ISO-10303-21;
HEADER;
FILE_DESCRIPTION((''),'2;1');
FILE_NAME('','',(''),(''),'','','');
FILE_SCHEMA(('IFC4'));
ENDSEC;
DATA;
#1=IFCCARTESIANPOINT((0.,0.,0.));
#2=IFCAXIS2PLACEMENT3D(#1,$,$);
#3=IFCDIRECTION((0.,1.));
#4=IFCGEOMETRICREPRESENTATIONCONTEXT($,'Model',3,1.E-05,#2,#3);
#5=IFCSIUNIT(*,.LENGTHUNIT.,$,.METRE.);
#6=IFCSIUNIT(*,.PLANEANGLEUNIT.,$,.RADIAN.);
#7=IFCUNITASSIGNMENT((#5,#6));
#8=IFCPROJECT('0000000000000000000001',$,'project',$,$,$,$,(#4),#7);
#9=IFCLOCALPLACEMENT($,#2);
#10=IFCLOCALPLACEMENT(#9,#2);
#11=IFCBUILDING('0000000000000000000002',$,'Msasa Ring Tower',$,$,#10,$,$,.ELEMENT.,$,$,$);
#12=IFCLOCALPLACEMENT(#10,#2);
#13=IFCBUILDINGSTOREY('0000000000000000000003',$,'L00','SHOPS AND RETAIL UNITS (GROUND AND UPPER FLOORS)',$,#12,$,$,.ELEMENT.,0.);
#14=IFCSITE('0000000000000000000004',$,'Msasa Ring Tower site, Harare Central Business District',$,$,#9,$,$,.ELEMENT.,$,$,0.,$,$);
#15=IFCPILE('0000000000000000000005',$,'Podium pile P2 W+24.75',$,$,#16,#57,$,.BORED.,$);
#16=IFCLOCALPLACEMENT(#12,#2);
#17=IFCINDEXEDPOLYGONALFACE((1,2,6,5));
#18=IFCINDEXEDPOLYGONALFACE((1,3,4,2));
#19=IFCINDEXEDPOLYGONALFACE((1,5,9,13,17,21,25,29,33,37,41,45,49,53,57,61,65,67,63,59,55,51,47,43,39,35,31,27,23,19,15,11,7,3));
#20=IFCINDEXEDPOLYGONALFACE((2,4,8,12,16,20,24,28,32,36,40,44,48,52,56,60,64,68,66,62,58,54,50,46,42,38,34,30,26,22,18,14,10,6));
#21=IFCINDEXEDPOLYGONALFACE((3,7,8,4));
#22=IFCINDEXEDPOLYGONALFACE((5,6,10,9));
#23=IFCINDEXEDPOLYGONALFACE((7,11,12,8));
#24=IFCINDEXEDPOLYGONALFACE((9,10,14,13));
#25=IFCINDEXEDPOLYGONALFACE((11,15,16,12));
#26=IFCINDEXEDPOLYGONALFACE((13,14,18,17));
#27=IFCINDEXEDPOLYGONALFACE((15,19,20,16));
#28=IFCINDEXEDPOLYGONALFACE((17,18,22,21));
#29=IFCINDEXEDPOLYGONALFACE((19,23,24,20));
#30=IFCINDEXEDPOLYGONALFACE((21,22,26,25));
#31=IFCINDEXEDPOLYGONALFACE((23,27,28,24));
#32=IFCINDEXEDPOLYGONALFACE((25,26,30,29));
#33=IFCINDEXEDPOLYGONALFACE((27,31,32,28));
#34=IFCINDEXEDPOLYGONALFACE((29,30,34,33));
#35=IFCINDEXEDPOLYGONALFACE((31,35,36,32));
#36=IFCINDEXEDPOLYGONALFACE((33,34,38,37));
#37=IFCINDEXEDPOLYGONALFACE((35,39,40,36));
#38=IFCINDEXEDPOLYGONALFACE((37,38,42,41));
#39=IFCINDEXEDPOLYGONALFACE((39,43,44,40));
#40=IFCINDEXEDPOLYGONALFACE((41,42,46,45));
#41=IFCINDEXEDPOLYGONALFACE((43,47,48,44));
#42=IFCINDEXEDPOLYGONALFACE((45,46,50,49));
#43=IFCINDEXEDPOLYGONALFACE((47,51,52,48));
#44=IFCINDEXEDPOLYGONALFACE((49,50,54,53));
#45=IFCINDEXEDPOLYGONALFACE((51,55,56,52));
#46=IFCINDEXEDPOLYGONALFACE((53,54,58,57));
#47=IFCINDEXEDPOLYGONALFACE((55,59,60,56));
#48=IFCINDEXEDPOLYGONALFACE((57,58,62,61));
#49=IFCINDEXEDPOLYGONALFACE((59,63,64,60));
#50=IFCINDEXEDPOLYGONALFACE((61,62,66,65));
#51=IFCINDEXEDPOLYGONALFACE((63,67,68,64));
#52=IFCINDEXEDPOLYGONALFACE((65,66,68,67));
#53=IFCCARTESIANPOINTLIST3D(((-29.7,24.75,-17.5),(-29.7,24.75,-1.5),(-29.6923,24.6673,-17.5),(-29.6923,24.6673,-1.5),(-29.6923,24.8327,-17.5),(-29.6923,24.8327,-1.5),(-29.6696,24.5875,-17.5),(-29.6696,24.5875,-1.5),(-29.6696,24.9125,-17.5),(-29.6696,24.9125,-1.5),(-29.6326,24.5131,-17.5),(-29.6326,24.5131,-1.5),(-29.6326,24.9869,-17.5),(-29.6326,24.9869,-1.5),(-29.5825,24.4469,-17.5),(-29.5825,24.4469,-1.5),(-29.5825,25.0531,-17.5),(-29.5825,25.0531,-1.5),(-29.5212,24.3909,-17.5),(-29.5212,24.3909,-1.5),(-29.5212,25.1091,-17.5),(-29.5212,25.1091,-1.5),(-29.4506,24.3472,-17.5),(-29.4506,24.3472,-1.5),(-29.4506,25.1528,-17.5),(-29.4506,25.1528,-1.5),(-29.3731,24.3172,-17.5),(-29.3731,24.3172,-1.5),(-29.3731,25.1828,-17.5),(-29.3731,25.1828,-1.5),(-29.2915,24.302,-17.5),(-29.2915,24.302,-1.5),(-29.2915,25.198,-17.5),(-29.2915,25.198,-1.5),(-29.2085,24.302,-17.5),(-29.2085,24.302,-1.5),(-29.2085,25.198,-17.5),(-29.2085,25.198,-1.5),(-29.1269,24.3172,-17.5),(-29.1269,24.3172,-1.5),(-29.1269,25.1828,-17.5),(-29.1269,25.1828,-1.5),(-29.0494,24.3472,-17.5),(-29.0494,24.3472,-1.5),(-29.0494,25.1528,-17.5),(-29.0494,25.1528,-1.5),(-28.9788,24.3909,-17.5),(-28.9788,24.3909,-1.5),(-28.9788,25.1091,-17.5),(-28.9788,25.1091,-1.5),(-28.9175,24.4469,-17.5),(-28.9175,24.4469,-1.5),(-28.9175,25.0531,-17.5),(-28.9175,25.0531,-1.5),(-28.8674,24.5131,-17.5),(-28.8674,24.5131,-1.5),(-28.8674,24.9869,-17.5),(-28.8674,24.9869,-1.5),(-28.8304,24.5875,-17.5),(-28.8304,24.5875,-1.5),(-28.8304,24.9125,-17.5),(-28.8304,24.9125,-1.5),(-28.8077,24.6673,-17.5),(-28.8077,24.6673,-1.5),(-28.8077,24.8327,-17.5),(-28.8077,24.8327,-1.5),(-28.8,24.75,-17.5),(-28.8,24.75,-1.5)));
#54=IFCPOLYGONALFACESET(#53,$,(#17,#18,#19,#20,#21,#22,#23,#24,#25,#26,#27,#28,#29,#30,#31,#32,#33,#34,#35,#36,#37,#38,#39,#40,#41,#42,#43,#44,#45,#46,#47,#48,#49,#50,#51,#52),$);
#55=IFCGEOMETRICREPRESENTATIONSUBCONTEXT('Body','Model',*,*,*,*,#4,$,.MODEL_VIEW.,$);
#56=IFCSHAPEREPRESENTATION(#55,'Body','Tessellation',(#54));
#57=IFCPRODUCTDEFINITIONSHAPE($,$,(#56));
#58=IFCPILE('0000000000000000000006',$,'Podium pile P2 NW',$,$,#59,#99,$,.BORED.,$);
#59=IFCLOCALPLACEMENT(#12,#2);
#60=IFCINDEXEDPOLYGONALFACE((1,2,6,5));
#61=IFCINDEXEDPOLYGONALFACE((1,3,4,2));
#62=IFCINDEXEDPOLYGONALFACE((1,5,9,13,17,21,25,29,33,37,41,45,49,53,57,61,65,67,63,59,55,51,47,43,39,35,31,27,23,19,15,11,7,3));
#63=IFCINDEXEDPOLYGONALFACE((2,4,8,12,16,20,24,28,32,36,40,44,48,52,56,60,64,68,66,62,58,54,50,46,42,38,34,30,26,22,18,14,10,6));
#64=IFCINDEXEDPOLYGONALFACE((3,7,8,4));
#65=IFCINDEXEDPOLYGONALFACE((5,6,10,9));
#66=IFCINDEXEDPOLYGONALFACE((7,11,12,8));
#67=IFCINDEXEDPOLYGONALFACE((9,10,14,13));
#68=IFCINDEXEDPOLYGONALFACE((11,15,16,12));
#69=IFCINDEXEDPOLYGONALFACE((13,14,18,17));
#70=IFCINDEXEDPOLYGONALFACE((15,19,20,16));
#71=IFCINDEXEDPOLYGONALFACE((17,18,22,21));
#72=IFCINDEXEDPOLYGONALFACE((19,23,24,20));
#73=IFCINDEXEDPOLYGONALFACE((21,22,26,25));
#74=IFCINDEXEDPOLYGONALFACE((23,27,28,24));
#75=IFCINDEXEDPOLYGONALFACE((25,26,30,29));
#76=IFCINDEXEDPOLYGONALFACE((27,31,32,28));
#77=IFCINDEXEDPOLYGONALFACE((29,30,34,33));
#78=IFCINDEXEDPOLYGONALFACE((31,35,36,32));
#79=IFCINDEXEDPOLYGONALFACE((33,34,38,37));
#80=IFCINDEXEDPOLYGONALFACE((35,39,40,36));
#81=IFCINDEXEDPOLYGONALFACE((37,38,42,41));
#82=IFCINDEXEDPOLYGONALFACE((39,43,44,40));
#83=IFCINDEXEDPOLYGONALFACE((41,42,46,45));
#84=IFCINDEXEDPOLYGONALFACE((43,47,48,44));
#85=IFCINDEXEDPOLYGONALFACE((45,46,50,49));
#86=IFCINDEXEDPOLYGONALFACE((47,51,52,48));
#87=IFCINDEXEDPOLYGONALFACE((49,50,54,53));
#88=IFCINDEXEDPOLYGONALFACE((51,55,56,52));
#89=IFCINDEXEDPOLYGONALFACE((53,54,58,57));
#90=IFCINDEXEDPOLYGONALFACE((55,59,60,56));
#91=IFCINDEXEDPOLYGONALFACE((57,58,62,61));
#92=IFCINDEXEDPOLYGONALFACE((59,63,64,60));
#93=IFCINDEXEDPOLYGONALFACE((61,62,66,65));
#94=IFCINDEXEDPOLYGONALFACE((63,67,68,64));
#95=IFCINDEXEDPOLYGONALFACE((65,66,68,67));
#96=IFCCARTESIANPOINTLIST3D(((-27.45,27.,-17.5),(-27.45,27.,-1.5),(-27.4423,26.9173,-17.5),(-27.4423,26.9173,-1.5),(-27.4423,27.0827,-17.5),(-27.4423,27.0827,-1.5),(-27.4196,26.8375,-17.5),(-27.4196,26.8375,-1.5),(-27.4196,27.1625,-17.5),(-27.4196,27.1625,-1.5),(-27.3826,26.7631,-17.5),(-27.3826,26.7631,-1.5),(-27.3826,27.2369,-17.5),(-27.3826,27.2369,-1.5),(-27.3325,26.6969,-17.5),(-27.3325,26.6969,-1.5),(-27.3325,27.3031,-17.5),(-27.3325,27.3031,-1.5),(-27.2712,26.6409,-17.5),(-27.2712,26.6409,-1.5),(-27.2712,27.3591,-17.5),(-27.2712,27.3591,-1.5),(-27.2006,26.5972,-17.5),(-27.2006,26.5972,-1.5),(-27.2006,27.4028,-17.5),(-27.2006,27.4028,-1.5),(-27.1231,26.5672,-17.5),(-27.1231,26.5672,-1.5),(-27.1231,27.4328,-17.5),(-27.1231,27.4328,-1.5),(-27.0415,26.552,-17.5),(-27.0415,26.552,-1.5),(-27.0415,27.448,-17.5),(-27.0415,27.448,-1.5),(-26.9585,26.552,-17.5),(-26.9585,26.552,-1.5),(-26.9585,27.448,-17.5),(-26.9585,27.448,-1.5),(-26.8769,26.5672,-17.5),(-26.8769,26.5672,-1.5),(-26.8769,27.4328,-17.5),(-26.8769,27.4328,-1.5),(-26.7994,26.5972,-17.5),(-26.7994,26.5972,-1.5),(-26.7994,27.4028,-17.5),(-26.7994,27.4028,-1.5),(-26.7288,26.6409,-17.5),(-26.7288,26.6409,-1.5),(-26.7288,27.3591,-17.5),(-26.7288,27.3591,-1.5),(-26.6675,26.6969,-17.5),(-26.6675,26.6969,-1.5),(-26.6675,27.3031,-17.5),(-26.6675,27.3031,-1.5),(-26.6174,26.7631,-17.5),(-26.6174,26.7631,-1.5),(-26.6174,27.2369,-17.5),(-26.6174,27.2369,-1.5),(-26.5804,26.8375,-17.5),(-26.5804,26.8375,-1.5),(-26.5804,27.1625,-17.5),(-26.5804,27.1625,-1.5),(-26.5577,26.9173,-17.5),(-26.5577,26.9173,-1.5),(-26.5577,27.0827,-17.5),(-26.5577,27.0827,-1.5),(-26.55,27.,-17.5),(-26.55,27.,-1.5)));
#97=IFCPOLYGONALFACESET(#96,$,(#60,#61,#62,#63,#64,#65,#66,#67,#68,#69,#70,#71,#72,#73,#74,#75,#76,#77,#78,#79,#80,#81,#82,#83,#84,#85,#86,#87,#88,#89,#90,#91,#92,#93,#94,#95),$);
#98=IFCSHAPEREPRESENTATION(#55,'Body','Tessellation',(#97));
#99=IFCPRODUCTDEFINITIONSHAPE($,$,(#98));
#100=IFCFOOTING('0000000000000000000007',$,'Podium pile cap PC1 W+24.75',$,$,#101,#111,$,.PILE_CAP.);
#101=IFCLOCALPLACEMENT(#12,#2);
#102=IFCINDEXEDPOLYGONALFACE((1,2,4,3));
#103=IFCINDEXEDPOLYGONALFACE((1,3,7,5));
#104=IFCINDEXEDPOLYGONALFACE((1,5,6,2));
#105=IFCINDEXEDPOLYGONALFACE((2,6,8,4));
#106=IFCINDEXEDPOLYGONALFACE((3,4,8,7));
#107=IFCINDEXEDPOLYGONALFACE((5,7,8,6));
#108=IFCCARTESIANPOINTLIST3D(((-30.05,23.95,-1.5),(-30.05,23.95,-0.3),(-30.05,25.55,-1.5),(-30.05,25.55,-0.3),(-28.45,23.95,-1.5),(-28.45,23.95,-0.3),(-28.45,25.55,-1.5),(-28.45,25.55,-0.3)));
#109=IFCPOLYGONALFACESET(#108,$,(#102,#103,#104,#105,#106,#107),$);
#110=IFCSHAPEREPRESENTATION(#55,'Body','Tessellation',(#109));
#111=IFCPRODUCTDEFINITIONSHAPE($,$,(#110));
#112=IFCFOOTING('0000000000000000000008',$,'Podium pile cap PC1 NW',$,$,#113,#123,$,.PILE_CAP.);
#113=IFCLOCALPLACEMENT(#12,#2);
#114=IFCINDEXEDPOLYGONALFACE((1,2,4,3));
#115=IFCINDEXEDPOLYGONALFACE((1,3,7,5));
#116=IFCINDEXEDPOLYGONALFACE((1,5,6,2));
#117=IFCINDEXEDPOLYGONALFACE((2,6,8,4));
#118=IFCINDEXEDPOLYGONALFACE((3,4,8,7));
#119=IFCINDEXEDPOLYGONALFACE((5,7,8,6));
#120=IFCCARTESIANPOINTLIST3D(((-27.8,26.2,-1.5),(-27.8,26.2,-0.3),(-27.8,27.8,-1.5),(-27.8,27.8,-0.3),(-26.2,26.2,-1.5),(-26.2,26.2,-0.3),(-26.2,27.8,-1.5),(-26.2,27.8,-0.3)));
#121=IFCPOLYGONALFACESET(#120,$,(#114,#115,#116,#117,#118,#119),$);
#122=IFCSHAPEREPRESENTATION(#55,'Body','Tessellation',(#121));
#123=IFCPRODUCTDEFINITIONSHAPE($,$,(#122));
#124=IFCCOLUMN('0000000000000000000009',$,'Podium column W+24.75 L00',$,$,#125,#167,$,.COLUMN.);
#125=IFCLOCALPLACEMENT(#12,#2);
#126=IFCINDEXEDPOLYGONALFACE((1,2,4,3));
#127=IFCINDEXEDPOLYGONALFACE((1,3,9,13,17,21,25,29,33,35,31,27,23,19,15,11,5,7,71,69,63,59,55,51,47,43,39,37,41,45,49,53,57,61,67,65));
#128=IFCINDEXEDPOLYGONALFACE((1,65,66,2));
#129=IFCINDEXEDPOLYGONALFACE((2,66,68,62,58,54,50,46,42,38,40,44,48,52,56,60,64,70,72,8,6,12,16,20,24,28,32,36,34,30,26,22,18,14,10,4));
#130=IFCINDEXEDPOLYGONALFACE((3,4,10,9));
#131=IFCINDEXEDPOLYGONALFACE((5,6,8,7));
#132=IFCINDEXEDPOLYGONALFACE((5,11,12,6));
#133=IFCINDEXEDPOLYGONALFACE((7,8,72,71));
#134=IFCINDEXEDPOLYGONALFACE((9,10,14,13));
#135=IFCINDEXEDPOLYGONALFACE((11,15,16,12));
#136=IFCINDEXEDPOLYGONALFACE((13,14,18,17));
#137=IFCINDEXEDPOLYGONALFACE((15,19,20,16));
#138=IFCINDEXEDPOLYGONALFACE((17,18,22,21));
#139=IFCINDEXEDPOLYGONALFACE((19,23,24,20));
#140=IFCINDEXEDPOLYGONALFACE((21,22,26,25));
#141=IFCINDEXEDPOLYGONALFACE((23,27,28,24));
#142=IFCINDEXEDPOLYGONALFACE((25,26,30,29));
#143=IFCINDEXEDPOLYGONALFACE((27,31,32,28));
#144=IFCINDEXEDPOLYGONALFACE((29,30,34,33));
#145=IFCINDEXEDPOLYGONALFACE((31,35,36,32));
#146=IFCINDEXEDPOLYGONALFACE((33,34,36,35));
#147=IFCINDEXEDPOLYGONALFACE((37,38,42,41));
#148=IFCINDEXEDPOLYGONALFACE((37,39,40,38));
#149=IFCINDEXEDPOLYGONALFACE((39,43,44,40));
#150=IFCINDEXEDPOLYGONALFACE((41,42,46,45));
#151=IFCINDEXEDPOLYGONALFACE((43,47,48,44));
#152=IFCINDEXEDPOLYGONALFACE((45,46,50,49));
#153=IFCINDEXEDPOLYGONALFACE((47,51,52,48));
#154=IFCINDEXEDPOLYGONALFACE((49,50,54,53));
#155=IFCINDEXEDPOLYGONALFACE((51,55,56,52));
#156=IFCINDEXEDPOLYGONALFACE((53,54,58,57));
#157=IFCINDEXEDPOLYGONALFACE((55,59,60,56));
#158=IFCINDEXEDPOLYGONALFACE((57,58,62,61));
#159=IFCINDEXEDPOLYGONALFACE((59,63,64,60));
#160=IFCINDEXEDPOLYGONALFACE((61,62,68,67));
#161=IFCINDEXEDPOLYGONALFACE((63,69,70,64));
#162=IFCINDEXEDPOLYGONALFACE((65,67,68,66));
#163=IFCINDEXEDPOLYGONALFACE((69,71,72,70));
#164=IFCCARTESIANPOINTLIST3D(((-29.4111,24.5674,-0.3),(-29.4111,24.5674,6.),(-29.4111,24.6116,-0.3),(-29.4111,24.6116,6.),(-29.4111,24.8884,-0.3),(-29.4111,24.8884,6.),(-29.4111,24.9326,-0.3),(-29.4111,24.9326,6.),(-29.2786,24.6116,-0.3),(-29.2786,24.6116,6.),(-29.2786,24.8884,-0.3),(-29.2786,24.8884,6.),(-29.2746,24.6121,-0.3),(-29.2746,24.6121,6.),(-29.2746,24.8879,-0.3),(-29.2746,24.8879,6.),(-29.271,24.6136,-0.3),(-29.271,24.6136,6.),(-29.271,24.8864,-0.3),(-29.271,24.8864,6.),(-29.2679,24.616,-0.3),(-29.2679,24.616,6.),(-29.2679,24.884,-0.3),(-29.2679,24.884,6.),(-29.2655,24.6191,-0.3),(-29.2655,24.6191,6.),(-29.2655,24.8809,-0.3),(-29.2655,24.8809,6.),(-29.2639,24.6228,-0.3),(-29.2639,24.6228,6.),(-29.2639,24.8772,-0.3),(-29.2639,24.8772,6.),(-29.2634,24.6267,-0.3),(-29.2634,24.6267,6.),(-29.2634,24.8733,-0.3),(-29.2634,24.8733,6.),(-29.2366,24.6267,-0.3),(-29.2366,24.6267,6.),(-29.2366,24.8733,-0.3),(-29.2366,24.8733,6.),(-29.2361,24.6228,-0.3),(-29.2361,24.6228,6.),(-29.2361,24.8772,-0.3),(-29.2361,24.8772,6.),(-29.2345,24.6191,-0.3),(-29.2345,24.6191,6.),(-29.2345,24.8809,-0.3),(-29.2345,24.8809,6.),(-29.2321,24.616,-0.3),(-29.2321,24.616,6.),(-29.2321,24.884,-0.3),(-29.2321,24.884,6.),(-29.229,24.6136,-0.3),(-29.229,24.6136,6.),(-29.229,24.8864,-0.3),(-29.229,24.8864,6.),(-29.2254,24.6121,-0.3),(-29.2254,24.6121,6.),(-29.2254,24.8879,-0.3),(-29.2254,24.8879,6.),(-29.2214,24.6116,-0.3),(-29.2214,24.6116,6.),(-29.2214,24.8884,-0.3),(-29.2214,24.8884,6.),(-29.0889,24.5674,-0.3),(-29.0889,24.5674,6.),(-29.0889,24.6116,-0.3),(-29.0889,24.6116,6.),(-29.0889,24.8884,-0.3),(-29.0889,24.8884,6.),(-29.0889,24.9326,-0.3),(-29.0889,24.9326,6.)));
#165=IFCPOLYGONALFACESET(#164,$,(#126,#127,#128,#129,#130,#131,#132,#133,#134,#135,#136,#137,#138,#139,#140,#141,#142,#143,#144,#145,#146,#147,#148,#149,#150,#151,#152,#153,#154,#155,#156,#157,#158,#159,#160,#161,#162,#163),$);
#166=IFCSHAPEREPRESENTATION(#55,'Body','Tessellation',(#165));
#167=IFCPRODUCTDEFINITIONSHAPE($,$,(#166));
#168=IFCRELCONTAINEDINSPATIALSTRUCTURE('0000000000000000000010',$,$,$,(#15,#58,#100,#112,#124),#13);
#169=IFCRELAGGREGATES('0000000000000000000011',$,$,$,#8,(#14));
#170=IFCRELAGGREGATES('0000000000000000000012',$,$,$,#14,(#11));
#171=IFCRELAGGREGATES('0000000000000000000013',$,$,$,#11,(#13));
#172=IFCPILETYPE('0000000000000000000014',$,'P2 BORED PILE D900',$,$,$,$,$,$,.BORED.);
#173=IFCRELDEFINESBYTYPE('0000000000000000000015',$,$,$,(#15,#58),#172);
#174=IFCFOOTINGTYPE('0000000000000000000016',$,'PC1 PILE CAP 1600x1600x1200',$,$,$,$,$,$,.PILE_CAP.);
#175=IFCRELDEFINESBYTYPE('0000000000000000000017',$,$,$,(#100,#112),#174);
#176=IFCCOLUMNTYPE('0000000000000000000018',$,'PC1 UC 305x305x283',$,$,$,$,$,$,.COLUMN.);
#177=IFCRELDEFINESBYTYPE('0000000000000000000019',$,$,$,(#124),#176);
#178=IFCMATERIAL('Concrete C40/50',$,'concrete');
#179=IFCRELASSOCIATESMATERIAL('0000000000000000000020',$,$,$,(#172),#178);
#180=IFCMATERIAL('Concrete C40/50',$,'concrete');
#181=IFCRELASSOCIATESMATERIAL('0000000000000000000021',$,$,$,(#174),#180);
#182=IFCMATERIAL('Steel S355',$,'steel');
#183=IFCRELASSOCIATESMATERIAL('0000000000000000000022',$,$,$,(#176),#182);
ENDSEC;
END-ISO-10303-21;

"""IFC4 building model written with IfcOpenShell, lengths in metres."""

from ifc_helpers import new_model, si_unit, direction, frame, origin, origin_2d, place, context, subcontext, project, spatial, rectangle, circle, i_section, extrude, material, material_profile, profile_set, type_object, element, save


model = new_model("IFC4")

# Units and contexts
model_context = context("Model", 3, precision=1e-05, world=origin(), true_north=direction((0.0, 1.0)))
body_context = subcontext(model_context, "Body", "Model", "MODEL_VIEW")
ifc_project = project(units=[si_unit("LENGTHUNIT", "METRE"), si_unit("PLANEANGLEUNIT", "RADIAN")], contexts=[model_context])

# Site, building, storey
site_placement = place(None, origin())
site = spatial("IfcSite", under=ifc_project, at=site_placement, Name="Msasa Ring Tower site, Harare Central Business District", CompositionType="ELEMENT", RefElevation=0.0)
building_placement = place(site_placement, origin())
building = spatial("IfcBuilding", under=site, at=building_placement, Name="Msasa Ring Tower", CompositionType="ELEMENT")
storey_placement = place(building_placement, origin())
storey = spatial("IfcBuildingStorey", under=building, at=storey_placement, Name="L00", Description="SHOPS AND RETAIL UNITS (GROUND AND UPPER FLOORS)", CompositionType="ELEMENT", Elevation=0.0)

# Piles
ifc_material_1 = material(Name="Concrete C40/50", Category="concrete")
ifc_material_profile_1 = material_profile(ifc_material_1, circle(Radius=0.45, at=origin_2d()), Name="D900")
ifc_profile_set_1 = profile_set([ifc_material_profile_1], Name="Concrete C40/50")
pile_type = type_object("IfcPileType", Name="P2 BORED PILE D900", PredefinedType="BORED", material=ifc_profile_set_1)
for number, where, z_axis, x_axis, name in (
    (1, (-29.25, 24.75, -1.5), (0.0, 0.0, -1.0), (1.0, 0.0, 0.0), "Podium pile P2 W+24.75"),
    (2, (-27.0, 27.0, -1.5), (0.0, 0.0, -1.0), (1.0, 0.0, 0.0), "Podium pile P2 NW"),
):
    element("IfcPile", number, at=place(storey_placement, frame(where, z_axis=z_axis, x_axis=x_axis)), inside=storey, type_object=pile_type, Name=name, PredefinedType="BORED", context=body_context, shape_type="SweptSolid", body=[
        extrude(circle(Radius=0.45, at=origin_2d()), origin(), (0.0, 0.0, 1.0), 16.0),
    ])

# Footings
ifc_material_2 = material(Name="Concrete C40/50", Category="concrete")
footing_type = type_object("IfcFootingType", Name="PC1 PILE CAP 1600x1600x1200", PredefinedType="PILE_CAP", material=ifc_material_2)
for number, where, z_axis, x_axis, name in (
    (3, (-29.25, 24.75, -1.5), (0.0, 0.0, 1.0), (1.0, 0.0, 0.0), "Podium pile cap PC1 W+24.75"),
    (4, (-27.0, 27.0, -1.5), (0.0, 0.0, 1.0), (1.0, 0.0, 0.0), "Podium pile cap PC1 NW"),
):
    element("IfcFooting", number, at=place(storey_placement, frame(where, z_axis=z_axis, x_axis=x_axis)), inside=storey, type_object=footing_type, Name=name, PredefinedType="PILE_CAP", context=body_context, shape_type="SweptSolid", body=[
        extrude(rectangle(XDim=1.6001, YDim=1.6001, at=origin_2d()), origin(), (0.0, 0.0, 1.0), 1.2),
    ])

# Column
ifc_material_3 = material(Name="Steel S355", Category="steel")
ifc_material_profile_2 = material_profile(ifc_material_3, i_section(OverallWidth=0.3223, OverallDepth=0.3652, WebThickness=0.0269, FlangeThickness=0.0442, FilletRadius=0.0151, at=origin_2d()), Name="UC 305x305x283")
ifc_profile_set_2 = profile_set([ifc_material_profile_2], Name="Steel S355")
column_type = type_object("IfcColumnType", Name="PC1 UC 305x305x283", PredefinedType="COLUMN", material=ifc_profile_set_2)
for number, where, z_axis, x_axis, name in (
    (5, (-29.25, 24.75, -0.3), (0.0, 0.0, 1.0), (1.0, 0.0, 0.0), "Podium column W+24.75 L00"),
):
    element("IfcColumn", number, at=place(storey_placement, frame(where, z_axis=z_axis, x_axis=x_axis)), inside=storey, type_object=column_type, Name=name, PredefinedType="COLUMN", context=body_context, shape_type="SweptSolid", body=[
        extrude(i_section(OverallWidth=0.3223, OverallDepth=0.3652, WebThickness=0.0269, FlangeThickness=0.0442, FilletRadius=0.0151, at=origin_2d()), origin(), (0.0, 0.0, 1.0), 6.3),
    ])

save(model, "model.ifc")
